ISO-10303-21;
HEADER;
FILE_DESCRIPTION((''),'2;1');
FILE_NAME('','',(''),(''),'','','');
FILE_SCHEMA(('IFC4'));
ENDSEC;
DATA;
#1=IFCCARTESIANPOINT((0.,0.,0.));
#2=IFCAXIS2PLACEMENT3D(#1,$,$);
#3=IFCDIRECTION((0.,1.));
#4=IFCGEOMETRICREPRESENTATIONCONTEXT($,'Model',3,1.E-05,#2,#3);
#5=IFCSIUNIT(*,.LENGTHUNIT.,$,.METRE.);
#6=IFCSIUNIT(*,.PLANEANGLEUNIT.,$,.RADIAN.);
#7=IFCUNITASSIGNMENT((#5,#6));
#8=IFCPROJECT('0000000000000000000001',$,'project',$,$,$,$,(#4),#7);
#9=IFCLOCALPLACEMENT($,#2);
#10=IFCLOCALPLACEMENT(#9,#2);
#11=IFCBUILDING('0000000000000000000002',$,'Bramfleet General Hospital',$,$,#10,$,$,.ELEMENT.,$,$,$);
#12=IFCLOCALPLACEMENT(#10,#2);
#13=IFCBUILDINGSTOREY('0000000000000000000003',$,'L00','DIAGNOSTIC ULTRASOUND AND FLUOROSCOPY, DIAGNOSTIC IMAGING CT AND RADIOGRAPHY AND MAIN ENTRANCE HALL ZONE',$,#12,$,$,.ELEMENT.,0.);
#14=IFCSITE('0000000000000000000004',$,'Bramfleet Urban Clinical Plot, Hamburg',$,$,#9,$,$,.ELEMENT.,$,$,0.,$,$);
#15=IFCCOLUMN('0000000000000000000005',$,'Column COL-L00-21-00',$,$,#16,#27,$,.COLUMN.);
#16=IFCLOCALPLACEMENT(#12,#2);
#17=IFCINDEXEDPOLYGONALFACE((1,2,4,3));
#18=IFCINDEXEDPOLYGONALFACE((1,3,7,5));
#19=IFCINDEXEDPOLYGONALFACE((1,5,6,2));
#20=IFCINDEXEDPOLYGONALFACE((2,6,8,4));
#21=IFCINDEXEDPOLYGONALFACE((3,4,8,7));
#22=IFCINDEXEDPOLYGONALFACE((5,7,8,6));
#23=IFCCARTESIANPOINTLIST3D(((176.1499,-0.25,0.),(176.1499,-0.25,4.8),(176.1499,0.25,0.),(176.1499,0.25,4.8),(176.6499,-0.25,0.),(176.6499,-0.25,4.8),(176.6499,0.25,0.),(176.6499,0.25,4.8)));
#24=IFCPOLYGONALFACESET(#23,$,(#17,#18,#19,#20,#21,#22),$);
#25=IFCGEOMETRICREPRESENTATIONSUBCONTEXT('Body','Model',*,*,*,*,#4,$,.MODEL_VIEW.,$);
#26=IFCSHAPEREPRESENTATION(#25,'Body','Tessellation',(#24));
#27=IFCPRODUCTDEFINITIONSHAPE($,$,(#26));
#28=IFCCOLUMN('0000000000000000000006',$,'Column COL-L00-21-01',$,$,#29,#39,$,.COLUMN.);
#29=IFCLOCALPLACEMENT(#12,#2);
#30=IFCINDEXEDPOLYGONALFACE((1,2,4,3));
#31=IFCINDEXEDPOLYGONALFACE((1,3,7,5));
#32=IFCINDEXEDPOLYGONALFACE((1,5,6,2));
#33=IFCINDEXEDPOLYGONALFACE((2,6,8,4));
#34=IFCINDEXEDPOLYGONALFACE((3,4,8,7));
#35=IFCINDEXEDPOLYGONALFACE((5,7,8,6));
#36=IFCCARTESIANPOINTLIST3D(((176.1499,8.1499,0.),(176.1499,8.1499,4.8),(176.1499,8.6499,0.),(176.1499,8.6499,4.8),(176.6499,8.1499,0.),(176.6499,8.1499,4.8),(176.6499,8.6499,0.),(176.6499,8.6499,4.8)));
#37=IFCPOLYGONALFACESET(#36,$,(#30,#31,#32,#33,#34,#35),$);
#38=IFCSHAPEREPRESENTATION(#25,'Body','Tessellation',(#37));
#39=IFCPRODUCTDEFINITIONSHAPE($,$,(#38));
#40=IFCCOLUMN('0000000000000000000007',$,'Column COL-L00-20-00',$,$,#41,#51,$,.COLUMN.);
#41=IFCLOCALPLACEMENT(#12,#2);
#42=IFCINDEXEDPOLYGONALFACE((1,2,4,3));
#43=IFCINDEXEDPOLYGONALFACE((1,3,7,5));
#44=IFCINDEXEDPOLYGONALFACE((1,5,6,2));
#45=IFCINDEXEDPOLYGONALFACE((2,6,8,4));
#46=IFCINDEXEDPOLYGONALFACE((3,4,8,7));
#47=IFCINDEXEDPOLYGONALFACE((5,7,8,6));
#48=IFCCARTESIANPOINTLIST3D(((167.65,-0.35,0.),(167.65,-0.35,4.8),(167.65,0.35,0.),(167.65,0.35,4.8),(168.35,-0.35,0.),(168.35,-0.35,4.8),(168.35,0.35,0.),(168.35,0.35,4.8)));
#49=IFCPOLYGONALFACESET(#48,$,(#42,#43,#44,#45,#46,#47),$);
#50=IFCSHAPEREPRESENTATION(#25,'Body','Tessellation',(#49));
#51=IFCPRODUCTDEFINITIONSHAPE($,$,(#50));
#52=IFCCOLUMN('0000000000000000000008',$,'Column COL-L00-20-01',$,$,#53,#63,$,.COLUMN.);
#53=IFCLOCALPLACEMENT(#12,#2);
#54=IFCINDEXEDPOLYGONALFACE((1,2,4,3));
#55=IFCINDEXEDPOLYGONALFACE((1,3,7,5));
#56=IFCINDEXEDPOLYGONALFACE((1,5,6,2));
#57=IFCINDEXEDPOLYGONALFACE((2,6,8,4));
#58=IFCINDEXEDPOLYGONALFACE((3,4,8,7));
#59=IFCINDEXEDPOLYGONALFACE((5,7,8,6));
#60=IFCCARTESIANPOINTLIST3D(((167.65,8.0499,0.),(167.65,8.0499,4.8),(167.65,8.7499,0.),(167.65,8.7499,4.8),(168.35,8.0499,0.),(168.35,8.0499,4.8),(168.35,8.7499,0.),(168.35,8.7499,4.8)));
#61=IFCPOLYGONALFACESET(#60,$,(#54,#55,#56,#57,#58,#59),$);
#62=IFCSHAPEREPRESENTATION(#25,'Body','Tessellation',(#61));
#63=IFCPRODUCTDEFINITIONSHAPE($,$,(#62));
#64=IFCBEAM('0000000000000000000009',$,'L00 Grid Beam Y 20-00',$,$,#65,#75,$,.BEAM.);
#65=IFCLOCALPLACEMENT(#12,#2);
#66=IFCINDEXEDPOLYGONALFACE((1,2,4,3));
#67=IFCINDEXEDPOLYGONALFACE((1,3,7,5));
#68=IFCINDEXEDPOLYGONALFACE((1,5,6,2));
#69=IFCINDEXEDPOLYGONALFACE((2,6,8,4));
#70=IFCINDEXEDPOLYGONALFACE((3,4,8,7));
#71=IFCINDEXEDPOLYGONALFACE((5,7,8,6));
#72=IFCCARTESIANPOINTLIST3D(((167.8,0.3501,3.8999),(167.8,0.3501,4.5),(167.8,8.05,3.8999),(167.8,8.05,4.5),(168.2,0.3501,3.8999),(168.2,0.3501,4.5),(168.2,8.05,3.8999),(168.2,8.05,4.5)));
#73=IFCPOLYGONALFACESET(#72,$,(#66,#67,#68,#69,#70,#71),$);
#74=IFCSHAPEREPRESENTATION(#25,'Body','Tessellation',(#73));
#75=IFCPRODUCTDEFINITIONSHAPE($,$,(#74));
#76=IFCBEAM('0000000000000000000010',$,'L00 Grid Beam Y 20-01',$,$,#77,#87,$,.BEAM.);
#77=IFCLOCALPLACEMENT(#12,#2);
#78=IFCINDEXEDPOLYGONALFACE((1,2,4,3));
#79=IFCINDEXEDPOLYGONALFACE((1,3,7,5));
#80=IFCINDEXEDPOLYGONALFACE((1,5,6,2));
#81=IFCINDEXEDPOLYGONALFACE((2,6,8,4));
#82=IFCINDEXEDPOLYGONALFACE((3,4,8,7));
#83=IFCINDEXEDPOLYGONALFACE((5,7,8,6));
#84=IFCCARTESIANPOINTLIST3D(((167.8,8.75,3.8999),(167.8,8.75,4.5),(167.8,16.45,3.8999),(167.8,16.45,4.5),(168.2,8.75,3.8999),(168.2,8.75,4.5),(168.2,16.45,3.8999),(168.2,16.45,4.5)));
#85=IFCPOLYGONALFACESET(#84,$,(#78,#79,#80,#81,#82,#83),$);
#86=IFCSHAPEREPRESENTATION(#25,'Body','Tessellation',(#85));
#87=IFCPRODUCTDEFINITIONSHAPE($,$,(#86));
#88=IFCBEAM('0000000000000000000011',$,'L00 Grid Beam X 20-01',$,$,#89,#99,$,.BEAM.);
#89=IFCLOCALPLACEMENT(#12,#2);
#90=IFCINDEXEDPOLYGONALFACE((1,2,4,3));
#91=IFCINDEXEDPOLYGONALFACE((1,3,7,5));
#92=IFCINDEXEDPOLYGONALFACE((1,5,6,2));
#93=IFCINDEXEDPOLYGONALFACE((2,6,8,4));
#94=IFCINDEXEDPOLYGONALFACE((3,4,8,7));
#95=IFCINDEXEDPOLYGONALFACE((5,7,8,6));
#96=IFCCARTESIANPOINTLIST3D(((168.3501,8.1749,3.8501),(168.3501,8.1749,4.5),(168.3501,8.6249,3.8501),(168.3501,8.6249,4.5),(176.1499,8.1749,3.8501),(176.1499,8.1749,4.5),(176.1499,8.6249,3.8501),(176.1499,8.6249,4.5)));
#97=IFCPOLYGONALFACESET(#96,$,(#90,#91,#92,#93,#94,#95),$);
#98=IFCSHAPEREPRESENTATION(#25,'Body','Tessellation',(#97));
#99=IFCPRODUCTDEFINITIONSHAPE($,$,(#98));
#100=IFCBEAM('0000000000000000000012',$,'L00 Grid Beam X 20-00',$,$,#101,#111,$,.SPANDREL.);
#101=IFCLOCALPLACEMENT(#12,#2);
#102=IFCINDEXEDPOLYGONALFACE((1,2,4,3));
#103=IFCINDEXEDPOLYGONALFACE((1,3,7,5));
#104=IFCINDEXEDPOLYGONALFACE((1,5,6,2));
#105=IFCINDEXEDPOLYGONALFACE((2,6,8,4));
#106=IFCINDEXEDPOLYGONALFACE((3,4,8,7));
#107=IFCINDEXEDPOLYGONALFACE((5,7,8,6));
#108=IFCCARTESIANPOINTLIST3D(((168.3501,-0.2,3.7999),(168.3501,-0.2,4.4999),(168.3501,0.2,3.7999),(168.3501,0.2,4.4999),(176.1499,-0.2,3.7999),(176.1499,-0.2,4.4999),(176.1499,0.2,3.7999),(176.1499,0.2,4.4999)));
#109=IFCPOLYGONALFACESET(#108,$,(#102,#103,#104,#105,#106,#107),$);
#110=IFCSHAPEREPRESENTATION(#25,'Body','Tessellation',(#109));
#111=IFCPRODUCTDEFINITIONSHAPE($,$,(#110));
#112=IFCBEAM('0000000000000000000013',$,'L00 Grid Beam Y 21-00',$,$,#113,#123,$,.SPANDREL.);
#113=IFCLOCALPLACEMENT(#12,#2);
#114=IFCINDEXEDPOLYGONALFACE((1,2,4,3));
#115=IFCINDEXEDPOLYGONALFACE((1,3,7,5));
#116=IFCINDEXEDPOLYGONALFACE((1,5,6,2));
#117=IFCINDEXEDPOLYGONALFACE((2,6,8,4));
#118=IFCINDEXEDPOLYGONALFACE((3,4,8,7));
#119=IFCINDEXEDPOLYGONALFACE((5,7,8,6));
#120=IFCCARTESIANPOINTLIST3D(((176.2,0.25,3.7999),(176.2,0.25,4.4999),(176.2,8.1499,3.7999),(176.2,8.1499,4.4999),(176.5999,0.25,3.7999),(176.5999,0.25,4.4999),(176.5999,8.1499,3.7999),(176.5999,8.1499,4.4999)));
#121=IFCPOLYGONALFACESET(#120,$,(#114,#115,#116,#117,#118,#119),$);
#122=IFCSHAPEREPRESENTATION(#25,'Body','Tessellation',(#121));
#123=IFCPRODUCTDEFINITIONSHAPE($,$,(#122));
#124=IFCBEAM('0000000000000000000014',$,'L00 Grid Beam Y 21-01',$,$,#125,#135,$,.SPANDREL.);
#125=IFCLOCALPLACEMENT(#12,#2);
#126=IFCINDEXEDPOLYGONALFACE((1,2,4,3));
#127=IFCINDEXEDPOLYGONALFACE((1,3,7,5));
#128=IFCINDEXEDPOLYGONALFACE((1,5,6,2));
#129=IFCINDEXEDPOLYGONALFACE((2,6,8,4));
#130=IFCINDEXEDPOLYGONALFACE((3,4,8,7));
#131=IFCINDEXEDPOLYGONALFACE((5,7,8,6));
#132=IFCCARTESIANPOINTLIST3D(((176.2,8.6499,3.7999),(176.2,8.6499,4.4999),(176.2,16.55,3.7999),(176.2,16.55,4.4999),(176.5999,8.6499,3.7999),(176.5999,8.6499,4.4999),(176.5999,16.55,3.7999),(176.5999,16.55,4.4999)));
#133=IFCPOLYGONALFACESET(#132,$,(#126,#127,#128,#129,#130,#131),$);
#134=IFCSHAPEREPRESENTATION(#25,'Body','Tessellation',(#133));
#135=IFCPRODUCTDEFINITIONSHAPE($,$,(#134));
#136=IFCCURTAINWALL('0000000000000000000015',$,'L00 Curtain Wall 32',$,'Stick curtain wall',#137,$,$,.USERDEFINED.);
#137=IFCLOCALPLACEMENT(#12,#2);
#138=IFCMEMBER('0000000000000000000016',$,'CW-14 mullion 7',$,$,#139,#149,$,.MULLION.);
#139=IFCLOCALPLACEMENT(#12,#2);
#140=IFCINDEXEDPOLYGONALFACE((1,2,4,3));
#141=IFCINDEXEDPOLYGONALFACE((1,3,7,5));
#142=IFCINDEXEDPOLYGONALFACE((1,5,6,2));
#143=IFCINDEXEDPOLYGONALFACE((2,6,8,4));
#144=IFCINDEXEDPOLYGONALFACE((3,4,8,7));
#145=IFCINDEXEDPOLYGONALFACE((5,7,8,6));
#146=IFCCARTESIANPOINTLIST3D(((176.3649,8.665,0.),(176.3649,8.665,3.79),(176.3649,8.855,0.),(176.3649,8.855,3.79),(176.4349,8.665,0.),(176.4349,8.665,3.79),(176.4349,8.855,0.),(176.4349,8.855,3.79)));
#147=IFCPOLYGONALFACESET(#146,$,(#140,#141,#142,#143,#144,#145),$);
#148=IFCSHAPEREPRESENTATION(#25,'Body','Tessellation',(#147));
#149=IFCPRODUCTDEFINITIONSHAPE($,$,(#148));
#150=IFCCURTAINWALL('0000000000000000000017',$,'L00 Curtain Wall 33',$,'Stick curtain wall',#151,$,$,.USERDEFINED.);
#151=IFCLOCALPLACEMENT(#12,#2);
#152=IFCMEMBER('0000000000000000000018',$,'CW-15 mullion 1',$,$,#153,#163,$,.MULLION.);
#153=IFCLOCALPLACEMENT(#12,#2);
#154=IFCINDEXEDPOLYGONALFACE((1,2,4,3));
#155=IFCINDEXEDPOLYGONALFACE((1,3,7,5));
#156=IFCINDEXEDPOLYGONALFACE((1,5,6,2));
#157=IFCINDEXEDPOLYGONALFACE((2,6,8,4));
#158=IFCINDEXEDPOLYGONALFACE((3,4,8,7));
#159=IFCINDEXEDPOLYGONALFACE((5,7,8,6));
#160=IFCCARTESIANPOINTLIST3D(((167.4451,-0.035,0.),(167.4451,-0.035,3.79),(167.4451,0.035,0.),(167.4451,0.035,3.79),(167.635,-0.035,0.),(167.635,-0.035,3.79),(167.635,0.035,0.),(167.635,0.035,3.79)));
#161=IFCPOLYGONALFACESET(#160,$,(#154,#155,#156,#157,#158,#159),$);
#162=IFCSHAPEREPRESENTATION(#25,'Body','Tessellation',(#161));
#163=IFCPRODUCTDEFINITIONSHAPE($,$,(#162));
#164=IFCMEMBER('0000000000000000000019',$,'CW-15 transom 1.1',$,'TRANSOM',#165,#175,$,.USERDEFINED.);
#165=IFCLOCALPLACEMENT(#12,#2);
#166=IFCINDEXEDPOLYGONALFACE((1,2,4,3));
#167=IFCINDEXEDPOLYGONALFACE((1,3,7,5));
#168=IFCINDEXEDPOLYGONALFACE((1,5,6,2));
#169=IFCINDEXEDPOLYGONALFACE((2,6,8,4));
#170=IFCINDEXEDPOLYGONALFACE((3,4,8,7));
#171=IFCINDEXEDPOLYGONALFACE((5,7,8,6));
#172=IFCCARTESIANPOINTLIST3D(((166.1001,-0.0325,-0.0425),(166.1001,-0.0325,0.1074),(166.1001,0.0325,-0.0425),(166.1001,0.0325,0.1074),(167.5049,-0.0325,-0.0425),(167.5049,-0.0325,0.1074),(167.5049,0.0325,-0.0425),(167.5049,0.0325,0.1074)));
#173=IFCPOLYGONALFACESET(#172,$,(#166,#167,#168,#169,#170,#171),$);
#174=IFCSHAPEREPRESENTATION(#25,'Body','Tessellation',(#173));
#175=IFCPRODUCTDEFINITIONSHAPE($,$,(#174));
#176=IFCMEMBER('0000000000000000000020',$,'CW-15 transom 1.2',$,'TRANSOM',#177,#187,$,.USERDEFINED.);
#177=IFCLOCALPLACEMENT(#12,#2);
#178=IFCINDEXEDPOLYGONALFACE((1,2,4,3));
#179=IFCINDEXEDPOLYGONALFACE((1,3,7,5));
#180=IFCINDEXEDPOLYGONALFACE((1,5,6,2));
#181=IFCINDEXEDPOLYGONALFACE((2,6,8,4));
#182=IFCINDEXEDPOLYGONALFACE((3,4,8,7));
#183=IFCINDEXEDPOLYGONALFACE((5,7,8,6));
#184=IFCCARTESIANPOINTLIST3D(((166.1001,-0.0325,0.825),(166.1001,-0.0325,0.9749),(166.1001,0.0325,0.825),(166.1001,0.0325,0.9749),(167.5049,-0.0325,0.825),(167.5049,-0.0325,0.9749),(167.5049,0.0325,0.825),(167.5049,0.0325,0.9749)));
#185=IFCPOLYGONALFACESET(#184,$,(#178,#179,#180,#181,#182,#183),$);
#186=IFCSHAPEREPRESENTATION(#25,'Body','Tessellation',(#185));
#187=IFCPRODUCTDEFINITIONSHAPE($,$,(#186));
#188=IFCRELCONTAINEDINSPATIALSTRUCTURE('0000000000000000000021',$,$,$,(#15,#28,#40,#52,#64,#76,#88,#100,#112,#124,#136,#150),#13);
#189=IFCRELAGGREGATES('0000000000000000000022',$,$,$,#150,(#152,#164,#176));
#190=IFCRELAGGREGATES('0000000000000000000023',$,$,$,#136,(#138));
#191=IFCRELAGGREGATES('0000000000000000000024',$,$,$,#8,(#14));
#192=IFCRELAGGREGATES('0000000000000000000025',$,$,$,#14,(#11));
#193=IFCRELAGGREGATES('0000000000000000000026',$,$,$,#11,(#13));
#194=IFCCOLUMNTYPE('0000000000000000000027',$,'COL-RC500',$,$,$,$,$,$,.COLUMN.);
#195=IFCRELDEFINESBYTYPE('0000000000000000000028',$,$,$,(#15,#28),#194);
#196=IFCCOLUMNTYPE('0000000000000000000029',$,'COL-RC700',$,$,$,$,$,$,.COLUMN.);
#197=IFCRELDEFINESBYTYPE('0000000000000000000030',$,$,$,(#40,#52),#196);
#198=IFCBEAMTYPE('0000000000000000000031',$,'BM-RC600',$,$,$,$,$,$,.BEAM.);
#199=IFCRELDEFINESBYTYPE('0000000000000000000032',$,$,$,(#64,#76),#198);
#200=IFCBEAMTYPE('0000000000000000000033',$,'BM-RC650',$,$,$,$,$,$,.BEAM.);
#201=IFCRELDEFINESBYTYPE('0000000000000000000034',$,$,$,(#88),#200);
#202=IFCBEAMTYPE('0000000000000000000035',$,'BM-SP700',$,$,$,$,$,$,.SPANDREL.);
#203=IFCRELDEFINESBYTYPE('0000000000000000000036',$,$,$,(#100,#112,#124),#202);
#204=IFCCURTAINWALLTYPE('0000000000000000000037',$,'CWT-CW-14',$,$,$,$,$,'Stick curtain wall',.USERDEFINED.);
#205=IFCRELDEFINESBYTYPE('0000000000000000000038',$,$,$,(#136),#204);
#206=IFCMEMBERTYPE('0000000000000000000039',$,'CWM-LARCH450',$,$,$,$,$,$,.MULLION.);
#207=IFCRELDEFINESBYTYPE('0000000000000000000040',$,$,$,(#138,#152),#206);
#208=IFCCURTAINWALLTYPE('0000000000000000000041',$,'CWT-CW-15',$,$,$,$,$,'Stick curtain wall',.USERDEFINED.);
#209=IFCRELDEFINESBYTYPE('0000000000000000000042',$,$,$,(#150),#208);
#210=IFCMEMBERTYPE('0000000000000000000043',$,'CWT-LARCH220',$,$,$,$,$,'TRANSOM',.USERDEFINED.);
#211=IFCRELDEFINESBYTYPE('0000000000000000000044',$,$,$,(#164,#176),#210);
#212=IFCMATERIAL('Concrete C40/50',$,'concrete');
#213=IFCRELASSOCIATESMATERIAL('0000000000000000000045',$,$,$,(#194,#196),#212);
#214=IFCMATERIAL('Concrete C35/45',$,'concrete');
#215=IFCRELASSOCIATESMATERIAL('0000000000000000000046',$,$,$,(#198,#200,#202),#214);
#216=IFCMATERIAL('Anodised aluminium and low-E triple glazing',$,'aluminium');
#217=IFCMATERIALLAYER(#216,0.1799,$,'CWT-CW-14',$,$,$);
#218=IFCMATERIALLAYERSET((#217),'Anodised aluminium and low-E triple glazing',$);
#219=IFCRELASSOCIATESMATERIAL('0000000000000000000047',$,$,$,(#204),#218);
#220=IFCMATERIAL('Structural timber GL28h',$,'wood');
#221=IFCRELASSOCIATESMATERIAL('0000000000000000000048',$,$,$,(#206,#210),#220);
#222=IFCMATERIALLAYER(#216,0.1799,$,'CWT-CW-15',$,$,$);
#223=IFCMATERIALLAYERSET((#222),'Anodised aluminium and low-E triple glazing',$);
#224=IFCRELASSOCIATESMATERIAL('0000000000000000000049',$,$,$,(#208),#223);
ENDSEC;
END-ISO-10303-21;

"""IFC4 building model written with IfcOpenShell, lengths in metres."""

from ifc_helpers import new_model, si_unit, direction, frame, origin, origin_2d, place, context, subcontext, project, spatial, rectangle, extrude, material, layer, layer_set, material_profile, profile_set, type_object, element, aggregate, save


model = new_model("IFC4")

# Units and contexts
model_context = context("Model", 3, precision=1e-05, world=origin(), true_north=direction((0.0, 1.0)))
body_context = subcontext(model_context, "Body", "Model", "MODEL_VIEW")
ifc_project = project(units=[si_unit("LENGTHUNIT", "METRE"), si_unit("PLANEANGLEUNIT", "RADIAN")], contexts=[model_context])

# Site, building, storey
site_placement = place(None, origin())
site = spatial("IfcSite", under=ifc_project, at=site_placement, Name="Bramfleet Urban Clinical Plot, Hamburg", CompositionType="ELEMENT", RefElevation=0.0)
building_placement = place(site_placement, origin())
building = spatial("IfcBuilding", under=site, at=building_placement, Name="Bramfleet General Hospital", CompositionType="ELEMENT")
storey_placement = place(building_placement, origin())
storey = spatial("IfcBuildingStorey", under=building, at=storey_placement, Name="L00", Description="DIAGNOSTIC ULTRASOUND AND FLUOROSCOPY, DIAGNOSTIC IMAGING CT AND RADIOGRAPHY AND MAIN ENTRANCE HALL ZONE", CompositionType="ELEMENT", Elevation=0.0)

# Columns
ifc_material_1 = material(Name="Concrete C40/50", Category="concrete")
ifc_material_profile_1 = material_profile(ifc_material_1, rectangle(XDim=0.5, YDim=0.5, at=origin_2d()), Name="RC COL 500x500")
ifc_profile_set_1 = profile_set([ifc_material_profile_1], Name="Concrete C40/50")
column_type_1 = type_object("IfcColumnType", Name="COL-RC500", PredefinedType="COLUMN", material=ifc_profile_set_1)
for number, where, z_axis, x_axis, name in (
    (1, (176.3999, 0.0, 0.0), (0.0, 0.0, 1.0), (1.0, 0.0, 0.0), "Column COL-L00-21-00"),
    (2, (176.3999, 8.3999, 0.0), (0.0, 0.0, 1.0), (1.0, 0.0, 0.0), "Column COL-L00-21-01"),
):
    element("IfcColumn", number, at=place(storey_placement, frame(where, z_axis=z_axis, x_axis=x_axis)), inside=storey, type_object=column_type_1, Name=name, PredefinedType="COLUMN", context=body_context, shape_type="SweptSolid", body=[
        extrude(rectangle(XDim=0.5, YDim=0.5, at=origin_2d()), origin(), (0.0, 0.0, 1.0), 4.8),
    ])
ifc_material_profile_2 = material_profile(ifc_material_1, rectangle(XDim=0.7, YDim=0.7, at=origin_2d()), Name="RC COL 700x700")
ifc_profile_set_2 = profile_set([ifc_material_profile_2], Name="Concrete C40/50")
column_type_2 = type_object("IfcColumnType", Name="COL-RC700", PredefinedType="COLUMN", material=ifc_profile_set_2)
for number, where, z_axis, x_axis, name in (
    (3, (168.0, 0.0, 0.0), (0.0, 0.0, 1.0), (1.0, 0.0, 0.0), "Column COL-L00-20-00"),
    (4, (168.0, 8.3999, 0.0), (0.0, 0.0, 1.0), (1.0, 0.0, 0.0), "Column COL-L00-20-01"),
):
    element("IfcColumn", number, at=place(storey_placement, frame(where, z_axis=z_axis, x_axis=x_axis)), inside=storey, type_object=column_type_2, Name=name, PredefinedType="COLUMN", context=body_context, shape_type="SweptSolid", body=[
        extrude(rectangle(XDim=0.7, YDim=0.7, at=origin_2d()), origin(), (0.0, 0.0, 1.0), 4.8),
    ])

# Beams
ifc_material_2 = material(Name="Concrete C35/45", Category="concrete")
ifc_material_profile_3 = material_profile(ifc_material_2, rectangle(XDim=0.3999, YDim=0.6001, at=origin_2d()), Name="RC BM 600x400")
ifc_profile_set_3 = profile_set([ifc_material_profile_3], Name="Concrete C35/45")
beam_type_1 = type_object("IfcBeamType", Name="BM-RC600", PredefinedType="BEAM", material=ifc_profile_set_3)
for number, where, z_axis, x_axis, name in (
    (5, (168.0, 0.3501, 4.2), (0.0, 1.0, 0.0), (-1.0, 0.0, 0.0), "L00 Grid Beam Y 20-00"),
    (6, (168.0, 8.75, 4.2), (0.0, 1.0, 0.0), (-1.0, 0.0, 0.0), "L00 Grid Beam Y 20-01"),
):
    element("IfcBeam", number, at=place(storey_placement, frame(where, z_axis=z_axis, x_axis=x_axis)), inside=storey, type_object=beam_type_1, Name=name, PredefinedType="BEAM", context=body_context, shape_type="SweptSolid", body=[
        extrude(rectangle(XDim=0.3999, YDim=0.6001, at=origin_2d()), origin(), (0.0, 0.0, 1.0), 7.7),
    ])
ifc_material_profile_4 = material_profile(ifc_material_2, rectangle(XDim=0.45, YDim=0.6499, at=origin_2d()), Name="RC BM 650x450")
ifc_profile_set_4 = profile_set([ifc_material_profile_4], Name="Concrete C35/45")
beam_type_2 = type_object("IfcBeamType", Name="BM-RC650", PredefinedType="BEAM", material=ifc_profile_set_4)
beam_1_placement = place(storey_placement, frame((168.3501, 8.3999, 4.175), z_axis=(1.0, 0.0, 0.0), x_axis=(0.0, 1.0, 0.0)))
element("IfcBeam", 7, at=beam_1_placement, inside=storey, type_object=beam_type_2, Name="L00 Grid Beam X 20-01", PredefinedType="BEAM", context=body_context, shape_type="SweptSolid", body=[
    extrude(rectangle(XDim=0.45, YDim=0.6499, at=origin_2d()), origin(), (0.0, 0.0, 1.0), 7.7998),
])
ifc_material_profile_5 = material_profile(ifc_material_2, rectangle(XDim=0.3999, YDim=0.7, at=origin_2d()), Name="RC SP 700x400")
ifc_profile_set_5 = profile_set([ifc_material_profile_5], Name="Concrete C35/45")
beam_type_3 = type_object("IfcBeamType", Name="BM-SP700", PredefinedType="SPANDREL", material=ifc_profile_set_5)
beam_2_placement = place(storey_placement, frame((168.3501, 0.0, 4.1499), z_axis=(1.0, 0.0, 0.0), x_axis=(0.0, 1.0, 0.0)))
element("IfcBeam", 8, at=beam_2_placement, inside=storey, type_object=beam_type_3, Name="L00 Grid Beam X 20-00", PredefinedType="SPANDREL", context=body_context, shape_type="SweptSolid", body=[
    extrude(rectangle(XDim=0.3999, YDim=0.7, at=origin_2d()), origin(), (0.0, 0.0, 1.0), 7.7998),
])
beam_3_placement = place(storey_placement, frame((176.3999, 0.25, 4.1499), z_axis=(0.0, 1.0, 0.0), x_axis=(-1.0, 0.0, 0.0)))
element("IfcBeam", 9, at=beam_3_placement, inside=storey, type_object=beam_type_3, Name="L00 Grid Beam Y 21-00", PredefinedType="SPANDREL", context=body_context, shape_type="SweptSolid", body=[
    extrude(rectangle(XDim=0.3999, YDim=0.7, at=origin_2d()), origin(), (0.0, 0.0, 1.0), 7.8999),
])
beam_4_placement = place(storey_placement, frame((176.3999, 8.6499, 4.1499), z_axis=(0.0, 1.0, 0.0), x_axis=(-1.0, 0.0, 0.0)))
element("IfcBeam", 10, at=beam_4_placement, inside=storey, type_object=beam_type_3, Name="L00 Grid Beam Y 21-01", PredefinedType="SPANDREL", context=body_context, shape_type="SweptSolid", body=[
    extrude(rectangle(XDim=0.3999, YDim=0.7, at=origin_2d()), origin(), (0.0, 0.0, 1.0), 7.9001),
])

# Curtain wall, member
ifc_material_3 = material(Name="Anodised aluminium and low-E triple glazing", Category="aluminium")
ifc_layer_1 = layer(ifc_material_3, 0.1799, Name="CWT-CW-14")
ifc_layer_set_1 = layer_set([ifc_layer_1], Name="Anodised aluminium and low-E triple glazing")
curtain_wall_type_1 = type_object("IfcCurtainWallType", Name="CWT-CW-14", ElementType="Stick curtain wall", PredefinedType="USERDEFINED", material=ifc_layer_set_1)
curtain_wall_1_placement = place(storey_placement, origin())
curtain_wall_1 = element("IfcCurtainWall", 11, at=curtain_wall_1_placement, inside=storey, type_object=curtain_wall_type_1, Name="L00 Curtain Wall 32", ObjectType="Stick curtain wall", PredefinedType="USERDEFINED")
ifc_material_4 = material(Name="Structural timber GL28h", Category="wood")
ifc_material_profile_6 = material_profile(ifc_material_4, rectangle(XDim=0.0701, YDim=0.1899, at=origin_2d()), Name="LARCH 190x70")
ifc_profile_set_6 = profile_set([ifc_material_profile_6], Name="Structural timber GL28h")
member_type_1 = type_object("IfcMemberType", Name="CWM-LARCH450", PredefinedType="MULLION", material=ifc_profile_set_6)
member_1_placement = place(storey_placement, frame((176.3999, 8.76, 0.0), z_axis=(0.0, 0.0, 1.0), x_axis=(1.0, 0.0, 0.0)))
member_1 = element("IfcMember", 12, at=member_1_placement, type_object=member_type_1, Name="CW-14 mullion 7", PredefinedType="MULLION", context=body_context, shape_type="SweptSolid", body=[
    extrude(rectangle(XDim=0.0701, YDim=0.1899, at=origin_2d()), origin(), (0.0, 0.0, 1.0), 3.79),
])

# Curtain wall, members
ifc_layer_2 = layer(ifc_material_3, 0.1799, Name="CWT-CW-15")
ifc_layer_set_2 = layer_set([ifc_layer_2], Name="Anodised aluminium and low-E triple glazing")
curtain_wall_type_2 = type_object("IfcCurtainWallType", Name="CWT-CW-15", ElementType="Stick curtain wall", PredefinedType="USERDEFINED", material=ifc_layer_set_2)
curtain_wall_2_placement = place(storey_placement, origin())
curtain_wall_2 = element("IfcCurtainWall", 13, at=curtain_wall_2_placement, inside=storey, type_object=curtain_wall_type_2, Name="L00 Curtain Wall 33", ObjectType="Stick curtain wall", PredefinedType="USERDEFINED")
member_2_placement = place(storey_placement, frame((167.54, 0.0, 0.0), z_axis=(0.0, 0.0, 1.0), x_axis=(0.0, -1.0, 0.0)))
member_2 = element("IfcMember", 14, at=member_2_placement, type_object=member_type_1, Name="CW-15 mullion 1", PredefinedType="MULLION", context=body_context, shape_type="SweptSolid", body=[
    extrude(rectangle(XDim=0.0701, YDim=0.1899, at=origin_2d()), origin(), (0.0, 0.0, 1.0), 3.79),
])
ifc_material_profile_7 = material_profile(ifc_material_4, rectangle(XDim=0.0649, YDim=0.1499, at=origin_2d()), Name="LARCH 150x65")
ifc_profile_set_7 = profile_set([ifc_material_profile_7], Name="Structural timber GL28h")
member_type_2 = type_object("IfcMemberType", Name="CWT-LARCH220", ElementType="TRANSOM", PredefinedType="USERDEFINED", material=ifc_profile_set_7)
member_3_placement = place(storey_placement, frame((167.5049, 0.0, 0.0325), z_axis=(-1.0, 0.0, 0.0), x_axis=(0.0, -1.0, 0.0)))
member_3 = element("IfcMember", 15, at=member_3_placement, type_object=member_type_2, Name="CW-15 transom 1.1", ObjectType="TRANSOM", PredefinedType="USERDEFINED", context=body_context, shape_type="SweptSolid", body=[
    extrude(rectangle(XDim=0.0649, YDim=0.1499, at=origin_2d()), origin(), (0.0, 0.0, 1.0), 1.4048),
])
member_4_placement = place(storey_placement, frame((167.5049, 0.0, 0.8999), z_axis=(-1.0, 0.0, 0.0), x_axis=(0.0, -1.0, 0.0)))
member_4 = element("IfcMember", 16, at=member_4_placement, type_object=member_type_2, Name="CW-15 transom 1.2", ObjectType="TRANSOM", PredefinedType="USERDEFINED", context=body_context, shape_type="SweptSolid", body=[
    extrude(rectangle(XDim=0.0649, YDim=0.1499, at=origin_2d()), origin(), (0.0, 0.0, 1.0), 1.4048),
])

aggregate(curtain_wall_2, [member_2, member_3, member_4])
aggregate(curtain_wall_1, [member_1])

save(model, "model.ifc")
